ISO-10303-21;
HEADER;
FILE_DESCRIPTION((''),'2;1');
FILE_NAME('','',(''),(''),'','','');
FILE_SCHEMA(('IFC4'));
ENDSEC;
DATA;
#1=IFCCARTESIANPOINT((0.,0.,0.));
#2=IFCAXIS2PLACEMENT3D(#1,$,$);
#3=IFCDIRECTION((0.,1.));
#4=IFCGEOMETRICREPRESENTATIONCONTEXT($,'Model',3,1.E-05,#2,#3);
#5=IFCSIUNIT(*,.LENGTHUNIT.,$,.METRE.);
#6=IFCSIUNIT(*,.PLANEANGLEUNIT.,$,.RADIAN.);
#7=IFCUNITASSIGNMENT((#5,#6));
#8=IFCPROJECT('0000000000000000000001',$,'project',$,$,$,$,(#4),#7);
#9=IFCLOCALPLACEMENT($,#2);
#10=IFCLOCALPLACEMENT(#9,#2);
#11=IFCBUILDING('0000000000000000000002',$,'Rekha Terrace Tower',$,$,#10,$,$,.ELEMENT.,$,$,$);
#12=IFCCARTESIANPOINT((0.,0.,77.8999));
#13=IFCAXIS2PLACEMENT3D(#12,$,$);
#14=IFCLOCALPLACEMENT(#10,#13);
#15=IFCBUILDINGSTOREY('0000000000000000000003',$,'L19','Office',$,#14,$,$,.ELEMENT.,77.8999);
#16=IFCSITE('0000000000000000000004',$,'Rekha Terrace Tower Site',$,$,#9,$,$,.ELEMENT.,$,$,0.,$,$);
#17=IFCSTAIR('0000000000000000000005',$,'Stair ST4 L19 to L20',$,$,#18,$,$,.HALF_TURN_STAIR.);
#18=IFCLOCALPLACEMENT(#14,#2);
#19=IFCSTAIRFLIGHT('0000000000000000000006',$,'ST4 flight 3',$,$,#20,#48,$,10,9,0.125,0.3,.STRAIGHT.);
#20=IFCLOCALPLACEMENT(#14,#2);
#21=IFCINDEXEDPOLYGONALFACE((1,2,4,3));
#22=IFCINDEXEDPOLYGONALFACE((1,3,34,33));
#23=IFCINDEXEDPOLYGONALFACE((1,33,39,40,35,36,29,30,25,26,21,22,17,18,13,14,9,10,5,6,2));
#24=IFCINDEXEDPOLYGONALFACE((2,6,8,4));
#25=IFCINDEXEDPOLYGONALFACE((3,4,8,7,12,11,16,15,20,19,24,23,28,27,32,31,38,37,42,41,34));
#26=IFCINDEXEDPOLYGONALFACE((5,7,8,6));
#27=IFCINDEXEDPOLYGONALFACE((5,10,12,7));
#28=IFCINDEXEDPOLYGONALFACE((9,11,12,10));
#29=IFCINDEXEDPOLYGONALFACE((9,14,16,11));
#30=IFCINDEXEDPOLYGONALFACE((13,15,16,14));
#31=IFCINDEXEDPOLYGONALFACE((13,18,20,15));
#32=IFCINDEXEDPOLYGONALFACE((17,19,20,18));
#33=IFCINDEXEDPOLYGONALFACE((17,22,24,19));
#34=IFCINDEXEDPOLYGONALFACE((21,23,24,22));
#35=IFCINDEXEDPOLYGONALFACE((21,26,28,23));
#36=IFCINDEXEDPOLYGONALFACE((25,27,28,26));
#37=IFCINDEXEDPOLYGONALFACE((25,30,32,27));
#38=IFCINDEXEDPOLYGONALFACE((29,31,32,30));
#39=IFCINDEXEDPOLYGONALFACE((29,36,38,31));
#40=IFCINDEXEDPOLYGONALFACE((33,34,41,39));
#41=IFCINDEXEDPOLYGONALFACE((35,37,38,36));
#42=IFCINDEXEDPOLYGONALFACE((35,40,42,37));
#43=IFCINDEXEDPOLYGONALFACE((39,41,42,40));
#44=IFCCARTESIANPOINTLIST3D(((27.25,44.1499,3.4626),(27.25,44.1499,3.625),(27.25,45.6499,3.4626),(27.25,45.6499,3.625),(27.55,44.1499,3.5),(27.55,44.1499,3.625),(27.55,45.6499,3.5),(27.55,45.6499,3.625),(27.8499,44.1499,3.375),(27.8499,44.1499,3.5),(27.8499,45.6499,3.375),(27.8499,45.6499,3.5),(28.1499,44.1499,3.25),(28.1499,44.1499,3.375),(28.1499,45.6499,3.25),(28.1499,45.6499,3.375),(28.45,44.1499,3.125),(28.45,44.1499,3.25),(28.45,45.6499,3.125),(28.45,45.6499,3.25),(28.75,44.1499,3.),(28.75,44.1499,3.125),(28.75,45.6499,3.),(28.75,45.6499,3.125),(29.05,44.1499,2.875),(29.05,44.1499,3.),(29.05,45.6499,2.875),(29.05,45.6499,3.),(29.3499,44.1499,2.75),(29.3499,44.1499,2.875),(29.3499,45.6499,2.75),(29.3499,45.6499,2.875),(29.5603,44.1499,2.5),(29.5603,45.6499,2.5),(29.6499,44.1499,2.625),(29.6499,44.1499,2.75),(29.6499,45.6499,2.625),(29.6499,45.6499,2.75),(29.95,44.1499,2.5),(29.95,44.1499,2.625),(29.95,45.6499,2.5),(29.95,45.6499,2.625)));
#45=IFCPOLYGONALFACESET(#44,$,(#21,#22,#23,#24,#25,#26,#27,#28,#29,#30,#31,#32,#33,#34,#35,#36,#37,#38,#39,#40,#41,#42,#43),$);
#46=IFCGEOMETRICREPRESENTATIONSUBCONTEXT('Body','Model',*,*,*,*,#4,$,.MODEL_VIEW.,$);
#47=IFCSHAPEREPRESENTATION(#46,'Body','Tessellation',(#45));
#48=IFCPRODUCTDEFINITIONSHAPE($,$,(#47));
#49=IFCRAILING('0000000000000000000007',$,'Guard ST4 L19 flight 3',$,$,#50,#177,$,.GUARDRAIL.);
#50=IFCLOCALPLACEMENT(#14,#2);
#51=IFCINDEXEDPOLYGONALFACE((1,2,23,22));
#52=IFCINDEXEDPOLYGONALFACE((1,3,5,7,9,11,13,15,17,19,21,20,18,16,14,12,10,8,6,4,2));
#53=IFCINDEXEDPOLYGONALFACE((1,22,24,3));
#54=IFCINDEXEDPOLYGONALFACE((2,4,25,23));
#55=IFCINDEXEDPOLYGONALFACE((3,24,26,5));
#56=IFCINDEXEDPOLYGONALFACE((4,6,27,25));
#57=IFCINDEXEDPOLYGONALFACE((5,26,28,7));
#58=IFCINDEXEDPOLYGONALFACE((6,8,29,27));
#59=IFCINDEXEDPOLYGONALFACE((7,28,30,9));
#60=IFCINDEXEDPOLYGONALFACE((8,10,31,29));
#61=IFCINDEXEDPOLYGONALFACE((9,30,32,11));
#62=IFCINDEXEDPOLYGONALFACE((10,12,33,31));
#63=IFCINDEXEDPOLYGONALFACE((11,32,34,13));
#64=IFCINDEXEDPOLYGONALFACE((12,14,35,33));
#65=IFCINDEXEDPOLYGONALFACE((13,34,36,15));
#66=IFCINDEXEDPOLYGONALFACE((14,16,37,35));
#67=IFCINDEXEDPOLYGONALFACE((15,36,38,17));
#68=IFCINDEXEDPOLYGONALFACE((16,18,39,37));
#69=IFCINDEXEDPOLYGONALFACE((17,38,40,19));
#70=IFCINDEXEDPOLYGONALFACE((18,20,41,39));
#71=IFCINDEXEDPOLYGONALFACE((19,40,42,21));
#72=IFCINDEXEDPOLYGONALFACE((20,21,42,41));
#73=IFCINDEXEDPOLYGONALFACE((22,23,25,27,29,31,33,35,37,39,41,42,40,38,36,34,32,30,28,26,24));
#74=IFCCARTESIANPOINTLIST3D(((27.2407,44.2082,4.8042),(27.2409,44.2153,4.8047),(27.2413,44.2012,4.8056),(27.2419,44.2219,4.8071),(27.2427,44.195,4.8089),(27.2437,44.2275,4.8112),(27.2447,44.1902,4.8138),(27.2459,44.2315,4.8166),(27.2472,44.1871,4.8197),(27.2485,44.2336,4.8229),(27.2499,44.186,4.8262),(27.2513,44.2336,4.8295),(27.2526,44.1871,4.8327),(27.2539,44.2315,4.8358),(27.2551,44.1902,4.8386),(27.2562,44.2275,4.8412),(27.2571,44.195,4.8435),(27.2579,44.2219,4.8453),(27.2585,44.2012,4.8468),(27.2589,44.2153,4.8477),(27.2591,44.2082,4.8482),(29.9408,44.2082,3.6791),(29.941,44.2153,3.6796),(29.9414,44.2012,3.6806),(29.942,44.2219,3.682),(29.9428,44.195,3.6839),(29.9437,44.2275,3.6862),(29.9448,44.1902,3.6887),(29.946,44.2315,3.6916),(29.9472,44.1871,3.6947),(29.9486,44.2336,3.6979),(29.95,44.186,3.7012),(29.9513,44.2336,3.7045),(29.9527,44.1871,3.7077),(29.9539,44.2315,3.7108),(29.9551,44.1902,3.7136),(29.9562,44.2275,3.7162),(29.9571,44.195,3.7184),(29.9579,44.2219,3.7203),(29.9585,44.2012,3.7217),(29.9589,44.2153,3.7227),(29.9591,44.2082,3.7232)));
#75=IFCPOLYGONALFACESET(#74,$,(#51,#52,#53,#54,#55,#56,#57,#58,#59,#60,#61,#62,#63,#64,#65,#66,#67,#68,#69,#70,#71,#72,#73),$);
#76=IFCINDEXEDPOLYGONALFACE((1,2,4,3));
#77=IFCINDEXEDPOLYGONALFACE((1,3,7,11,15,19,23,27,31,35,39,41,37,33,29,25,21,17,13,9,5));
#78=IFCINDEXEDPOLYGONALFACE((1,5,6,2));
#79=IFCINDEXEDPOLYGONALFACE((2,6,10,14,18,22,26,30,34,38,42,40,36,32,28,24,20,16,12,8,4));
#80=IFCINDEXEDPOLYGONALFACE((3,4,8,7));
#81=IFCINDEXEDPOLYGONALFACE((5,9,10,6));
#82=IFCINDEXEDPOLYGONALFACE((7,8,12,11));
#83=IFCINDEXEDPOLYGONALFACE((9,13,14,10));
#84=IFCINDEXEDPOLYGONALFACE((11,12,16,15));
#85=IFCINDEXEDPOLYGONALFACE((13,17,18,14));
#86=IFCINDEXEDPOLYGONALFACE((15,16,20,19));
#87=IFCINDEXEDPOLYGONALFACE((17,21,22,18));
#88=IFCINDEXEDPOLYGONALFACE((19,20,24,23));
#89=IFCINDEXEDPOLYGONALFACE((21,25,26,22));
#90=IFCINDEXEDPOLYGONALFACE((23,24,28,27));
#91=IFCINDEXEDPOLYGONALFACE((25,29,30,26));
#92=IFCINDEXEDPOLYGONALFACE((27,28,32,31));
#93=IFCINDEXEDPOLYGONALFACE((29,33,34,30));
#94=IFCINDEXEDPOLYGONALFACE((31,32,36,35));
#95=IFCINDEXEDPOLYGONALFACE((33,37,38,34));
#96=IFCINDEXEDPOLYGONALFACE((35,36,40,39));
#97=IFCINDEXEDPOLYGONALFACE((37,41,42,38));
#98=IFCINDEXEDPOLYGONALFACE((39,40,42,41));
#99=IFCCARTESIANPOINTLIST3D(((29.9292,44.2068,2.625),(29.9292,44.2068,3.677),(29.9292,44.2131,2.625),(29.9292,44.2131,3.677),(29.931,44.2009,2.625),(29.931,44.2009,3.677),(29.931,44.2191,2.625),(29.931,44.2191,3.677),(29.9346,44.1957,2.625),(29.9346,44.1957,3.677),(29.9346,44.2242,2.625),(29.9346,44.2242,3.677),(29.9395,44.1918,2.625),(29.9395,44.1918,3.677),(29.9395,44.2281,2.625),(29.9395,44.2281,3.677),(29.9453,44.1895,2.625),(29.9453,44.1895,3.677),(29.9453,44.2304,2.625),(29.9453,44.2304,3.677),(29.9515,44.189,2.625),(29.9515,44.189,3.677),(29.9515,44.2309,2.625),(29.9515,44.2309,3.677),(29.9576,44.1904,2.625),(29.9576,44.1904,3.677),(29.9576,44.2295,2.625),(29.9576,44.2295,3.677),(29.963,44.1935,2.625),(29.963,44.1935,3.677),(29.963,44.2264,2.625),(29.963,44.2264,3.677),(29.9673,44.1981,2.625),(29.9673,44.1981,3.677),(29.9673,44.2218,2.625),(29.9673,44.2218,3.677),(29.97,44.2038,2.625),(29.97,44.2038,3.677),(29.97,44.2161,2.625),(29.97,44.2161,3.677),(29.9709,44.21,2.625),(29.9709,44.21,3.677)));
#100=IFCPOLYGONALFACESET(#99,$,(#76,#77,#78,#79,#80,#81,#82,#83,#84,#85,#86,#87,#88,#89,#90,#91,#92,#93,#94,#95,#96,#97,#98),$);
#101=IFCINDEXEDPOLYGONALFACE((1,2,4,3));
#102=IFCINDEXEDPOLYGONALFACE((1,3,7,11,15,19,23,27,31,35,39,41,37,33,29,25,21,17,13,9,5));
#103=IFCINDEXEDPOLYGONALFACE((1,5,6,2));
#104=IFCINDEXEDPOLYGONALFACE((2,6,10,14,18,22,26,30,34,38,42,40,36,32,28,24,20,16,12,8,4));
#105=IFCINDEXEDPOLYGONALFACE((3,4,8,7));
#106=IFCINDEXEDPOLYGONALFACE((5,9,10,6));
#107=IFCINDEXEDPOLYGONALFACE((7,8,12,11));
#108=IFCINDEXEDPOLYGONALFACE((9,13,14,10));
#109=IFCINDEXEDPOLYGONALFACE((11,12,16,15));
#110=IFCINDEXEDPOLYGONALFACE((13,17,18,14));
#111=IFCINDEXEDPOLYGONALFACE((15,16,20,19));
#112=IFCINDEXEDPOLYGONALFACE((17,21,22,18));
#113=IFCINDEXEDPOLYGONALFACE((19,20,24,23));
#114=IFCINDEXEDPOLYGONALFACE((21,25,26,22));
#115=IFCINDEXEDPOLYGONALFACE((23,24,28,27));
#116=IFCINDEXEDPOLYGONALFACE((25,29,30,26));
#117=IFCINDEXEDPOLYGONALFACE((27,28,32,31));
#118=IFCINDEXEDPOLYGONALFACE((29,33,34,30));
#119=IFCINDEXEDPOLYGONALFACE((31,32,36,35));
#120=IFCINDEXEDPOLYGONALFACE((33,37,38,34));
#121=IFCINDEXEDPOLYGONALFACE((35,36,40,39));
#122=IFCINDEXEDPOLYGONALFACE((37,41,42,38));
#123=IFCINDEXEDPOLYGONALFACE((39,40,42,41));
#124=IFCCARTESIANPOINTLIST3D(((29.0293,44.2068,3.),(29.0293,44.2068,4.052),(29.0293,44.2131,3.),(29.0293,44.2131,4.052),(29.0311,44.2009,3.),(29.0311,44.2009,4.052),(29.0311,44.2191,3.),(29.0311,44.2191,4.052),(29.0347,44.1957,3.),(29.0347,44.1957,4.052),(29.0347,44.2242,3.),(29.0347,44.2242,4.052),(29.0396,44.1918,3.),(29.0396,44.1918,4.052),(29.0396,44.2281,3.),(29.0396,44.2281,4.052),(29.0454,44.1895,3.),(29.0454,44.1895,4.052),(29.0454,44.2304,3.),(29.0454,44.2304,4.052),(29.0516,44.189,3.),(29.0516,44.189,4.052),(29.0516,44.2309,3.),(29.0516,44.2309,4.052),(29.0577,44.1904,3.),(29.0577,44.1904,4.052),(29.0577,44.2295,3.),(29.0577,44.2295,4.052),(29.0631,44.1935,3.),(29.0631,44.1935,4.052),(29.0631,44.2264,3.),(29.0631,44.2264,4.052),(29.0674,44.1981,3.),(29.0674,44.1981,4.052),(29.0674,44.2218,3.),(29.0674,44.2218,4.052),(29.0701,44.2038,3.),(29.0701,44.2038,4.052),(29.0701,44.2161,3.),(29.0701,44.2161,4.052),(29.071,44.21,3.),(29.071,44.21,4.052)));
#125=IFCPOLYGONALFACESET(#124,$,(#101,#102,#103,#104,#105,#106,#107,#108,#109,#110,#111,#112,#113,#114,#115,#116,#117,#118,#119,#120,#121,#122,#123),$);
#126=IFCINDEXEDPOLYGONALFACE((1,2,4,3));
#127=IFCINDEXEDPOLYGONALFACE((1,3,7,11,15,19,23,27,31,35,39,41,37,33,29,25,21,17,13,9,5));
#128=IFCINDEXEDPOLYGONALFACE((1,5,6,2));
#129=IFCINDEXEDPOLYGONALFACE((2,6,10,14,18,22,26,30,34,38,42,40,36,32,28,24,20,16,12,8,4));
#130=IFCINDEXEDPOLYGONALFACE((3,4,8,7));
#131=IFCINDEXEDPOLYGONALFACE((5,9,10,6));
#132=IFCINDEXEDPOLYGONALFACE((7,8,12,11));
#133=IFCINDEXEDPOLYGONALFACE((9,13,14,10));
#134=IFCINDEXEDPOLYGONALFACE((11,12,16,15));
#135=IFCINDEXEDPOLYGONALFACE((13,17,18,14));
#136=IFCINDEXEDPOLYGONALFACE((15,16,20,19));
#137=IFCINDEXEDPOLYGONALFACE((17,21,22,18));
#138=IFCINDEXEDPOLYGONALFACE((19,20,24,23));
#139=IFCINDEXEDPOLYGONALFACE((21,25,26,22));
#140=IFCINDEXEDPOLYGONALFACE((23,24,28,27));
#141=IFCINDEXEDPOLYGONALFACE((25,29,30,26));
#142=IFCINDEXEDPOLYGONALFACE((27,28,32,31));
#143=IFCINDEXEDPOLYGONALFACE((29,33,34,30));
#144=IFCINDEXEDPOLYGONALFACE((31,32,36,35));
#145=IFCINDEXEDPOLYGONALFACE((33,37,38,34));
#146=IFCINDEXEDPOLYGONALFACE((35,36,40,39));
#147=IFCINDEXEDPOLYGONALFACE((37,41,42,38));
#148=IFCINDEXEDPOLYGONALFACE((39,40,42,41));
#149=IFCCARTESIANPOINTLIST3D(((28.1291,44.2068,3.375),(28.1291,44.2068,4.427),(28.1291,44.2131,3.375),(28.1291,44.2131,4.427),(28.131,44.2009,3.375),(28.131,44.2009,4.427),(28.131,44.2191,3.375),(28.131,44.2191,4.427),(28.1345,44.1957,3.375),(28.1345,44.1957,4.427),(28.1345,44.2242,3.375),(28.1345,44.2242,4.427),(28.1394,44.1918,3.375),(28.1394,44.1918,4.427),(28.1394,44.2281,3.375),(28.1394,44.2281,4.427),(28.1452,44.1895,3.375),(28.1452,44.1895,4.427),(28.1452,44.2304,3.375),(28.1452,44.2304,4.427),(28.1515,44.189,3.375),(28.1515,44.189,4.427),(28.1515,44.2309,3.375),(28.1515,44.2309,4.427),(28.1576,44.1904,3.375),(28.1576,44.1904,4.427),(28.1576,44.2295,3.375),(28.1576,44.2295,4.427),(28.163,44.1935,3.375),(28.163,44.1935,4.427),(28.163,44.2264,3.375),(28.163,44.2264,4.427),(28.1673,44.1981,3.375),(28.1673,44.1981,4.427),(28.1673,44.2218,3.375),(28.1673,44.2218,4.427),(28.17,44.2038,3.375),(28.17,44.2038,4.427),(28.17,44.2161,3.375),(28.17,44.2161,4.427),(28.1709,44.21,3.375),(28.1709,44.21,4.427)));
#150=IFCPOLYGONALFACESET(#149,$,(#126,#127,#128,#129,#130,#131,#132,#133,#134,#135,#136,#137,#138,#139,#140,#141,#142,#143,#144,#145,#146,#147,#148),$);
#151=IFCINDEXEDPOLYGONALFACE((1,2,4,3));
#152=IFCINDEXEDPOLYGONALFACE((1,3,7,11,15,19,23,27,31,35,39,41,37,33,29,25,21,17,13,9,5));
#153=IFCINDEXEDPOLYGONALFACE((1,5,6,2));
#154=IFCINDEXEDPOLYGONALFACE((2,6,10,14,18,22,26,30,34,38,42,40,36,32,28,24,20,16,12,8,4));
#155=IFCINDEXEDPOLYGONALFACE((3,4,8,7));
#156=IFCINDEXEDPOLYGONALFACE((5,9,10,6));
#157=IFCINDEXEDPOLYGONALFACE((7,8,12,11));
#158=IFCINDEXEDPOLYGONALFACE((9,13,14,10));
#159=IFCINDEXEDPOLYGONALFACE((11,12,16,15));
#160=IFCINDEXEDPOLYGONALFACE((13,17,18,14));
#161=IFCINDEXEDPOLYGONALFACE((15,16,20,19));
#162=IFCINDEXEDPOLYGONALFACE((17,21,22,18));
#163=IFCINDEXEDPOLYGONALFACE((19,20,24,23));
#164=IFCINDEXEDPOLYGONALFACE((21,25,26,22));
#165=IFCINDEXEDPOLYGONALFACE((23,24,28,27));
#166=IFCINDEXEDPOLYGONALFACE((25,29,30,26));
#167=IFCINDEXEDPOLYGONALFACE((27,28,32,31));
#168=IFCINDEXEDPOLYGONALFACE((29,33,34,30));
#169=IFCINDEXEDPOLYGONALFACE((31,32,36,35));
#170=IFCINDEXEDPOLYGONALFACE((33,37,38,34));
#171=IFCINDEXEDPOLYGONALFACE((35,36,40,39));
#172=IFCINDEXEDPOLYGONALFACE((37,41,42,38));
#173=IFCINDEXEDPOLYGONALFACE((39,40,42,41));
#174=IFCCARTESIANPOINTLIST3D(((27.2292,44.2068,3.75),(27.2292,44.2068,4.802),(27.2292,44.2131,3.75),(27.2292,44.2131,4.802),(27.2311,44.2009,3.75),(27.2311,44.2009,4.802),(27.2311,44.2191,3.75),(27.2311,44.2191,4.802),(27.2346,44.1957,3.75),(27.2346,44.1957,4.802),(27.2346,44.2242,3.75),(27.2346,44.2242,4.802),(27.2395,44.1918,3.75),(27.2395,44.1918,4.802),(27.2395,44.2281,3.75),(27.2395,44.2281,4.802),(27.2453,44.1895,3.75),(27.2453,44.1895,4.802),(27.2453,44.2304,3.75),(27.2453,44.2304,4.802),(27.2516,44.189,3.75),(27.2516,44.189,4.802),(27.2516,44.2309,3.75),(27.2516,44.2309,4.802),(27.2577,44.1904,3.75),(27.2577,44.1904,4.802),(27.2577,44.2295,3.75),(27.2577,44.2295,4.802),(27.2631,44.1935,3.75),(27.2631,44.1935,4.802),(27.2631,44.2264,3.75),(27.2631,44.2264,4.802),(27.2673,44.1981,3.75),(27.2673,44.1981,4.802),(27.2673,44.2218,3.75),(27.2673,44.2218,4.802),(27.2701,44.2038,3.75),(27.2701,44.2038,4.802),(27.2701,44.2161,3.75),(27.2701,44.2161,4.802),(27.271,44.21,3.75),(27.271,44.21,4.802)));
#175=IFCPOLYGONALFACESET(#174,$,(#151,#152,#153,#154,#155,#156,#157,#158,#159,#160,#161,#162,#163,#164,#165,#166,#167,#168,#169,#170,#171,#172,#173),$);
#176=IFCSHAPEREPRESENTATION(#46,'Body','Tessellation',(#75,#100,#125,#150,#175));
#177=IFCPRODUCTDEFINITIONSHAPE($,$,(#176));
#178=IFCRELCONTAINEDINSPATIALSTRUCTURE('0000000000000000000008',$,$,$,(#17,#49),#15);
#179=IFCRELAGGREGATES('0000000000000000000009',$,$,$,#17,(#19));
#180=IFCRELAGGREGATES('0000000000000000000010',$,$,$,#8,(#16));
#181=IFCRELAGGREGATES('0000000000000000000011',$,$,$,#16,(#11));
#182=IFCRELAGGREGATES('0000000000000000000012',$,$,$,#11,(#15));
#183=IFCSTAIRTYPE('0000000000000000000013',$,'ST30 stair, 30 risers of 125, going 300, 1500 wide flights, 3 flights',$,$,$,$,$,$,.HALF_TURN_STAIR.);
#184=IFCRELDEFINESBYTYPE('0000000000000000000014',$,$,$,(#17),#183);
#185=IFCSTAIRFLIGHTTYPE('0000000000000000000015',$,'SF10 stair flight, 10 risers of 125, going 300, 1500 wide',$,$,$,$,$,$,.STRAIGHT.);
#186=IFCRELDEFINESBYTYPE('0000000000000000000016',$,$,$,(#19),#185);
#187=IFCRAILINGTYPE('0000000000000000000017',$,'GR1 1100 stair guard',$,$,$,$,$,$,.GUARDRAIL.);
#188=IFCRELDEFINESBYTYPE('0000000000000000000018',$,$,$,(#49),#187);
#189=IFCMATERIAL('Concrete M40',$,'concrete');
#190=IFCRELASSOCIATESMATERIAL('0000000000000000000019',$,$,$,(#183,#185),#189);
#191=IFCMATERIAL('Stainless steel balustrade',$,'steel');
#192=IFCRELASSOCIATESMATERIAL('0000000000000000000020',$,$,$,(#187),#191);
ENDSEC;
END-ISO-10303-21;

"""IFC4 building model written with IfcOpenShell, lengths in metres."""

from ifc_helpers import new_model, si_unit, direction, frame, origin, origin_2d, place, context, subcontext, project, spatial, polyline, circle, outline, extrude, material, type_object, element, aggregate, save


model = new_model("IFC4")

# Units and contexts
model_context = context("Model", 3, precision=1e-05, world=origin(), true_north=direction((0.0, 1.0)))
body_context = subcontext(model_context, "Body", "Model", "MODEL_VIEW")
ifc_project = project(units=[si_unit("LENGTHUNIT", "METRE"), si_unit("PLANEANGLEUNIT", "RADIAN")], contexts=[model_context])

# Site, building, storey
site_placement = place(None, origin())
site = spatial("IfcSite", under=ifc_project, at=site_placement, Name="Rekha Terrace Tower Site", CompositionType="ELEMENT", RefElevation=0.0)
building_placement = place(site_placement, origin())
building = spatial("IfcBuilding", under=site, at=building_placement, Name="Rekha Terrace Tower", CompositionType="ELEMENT")
storey_placement = place(building_placement, frame((0.0, 0.0, 77.8999)))
storey = spatial("IfcBuildingStorey", under=building, at=storey_placement, Name="L19", Description="Office", CompositionType="ELEMENT", Elevation=77.8999)

# Stair, stair flight
ifc_material_1 = material(Name="Concrete M40", Category="concrete")
stair_type = type_object("IfcStairType", Name="ST30 stair, 30 risers of 125, going 300, 1500 wide flights, 3 flights", PredefinedType="HALF_TURN_STAIR", material=ifc_material_1)
stair_placement = place(storey_placement, origin())
stair = element("IfcStair", 1, at=stair_placement, inside=storey, type_object=stair_type, Name="Stair ST4 L19 to L20", PredefinedType="HALF_TURN_STAIR")
stair_flight_type = type_object("IfcStairFlightType", Name="SF10 stair flight, 10 risers of 125, going 300, 1500 wide", PredefinedType="STRAIGHT", material=ifc_material_1)
stair_flight_placement = place(storey_placement, frame((29.95, 44.8999, 2.5), z_axis=(0.0, 0.0, 1.0), x_axis=(-1.0, 0.0, 0.0)))
stair_flight = element("IfcStairFlight", 2, at=stair_flight_placement, type_object=stair_flight_type, Name="ST4 flight 3", NumberOfRisers=10, NumberOfTreads=9, PredefinedType="STRAIGHT", RiserHeight=0.125, TreadLength=0.3, context=body_context, shape_type="SweptSolid", body=[
    extrude(outline(polyline([(0.0, 0.0), (0.0, 0.125), (0.3, 0.125), (0.3, 0.25), (0.6001, 0.25), (0.6001, 0.375), (0.8999, 0.375), (0.8999, 0.5), (1.2, 0.5), (1.2, 0.625), (1.5, 0.625), (1.5, 0.75), (1.8, 0.75), (1.8, 0.875), (2.1001, 0.875), (2.1001, 1.0), (2.3999, 1.0), (2.3999, 1.125), (2.7, 1.125), (2.7, 1.25), (2.7, 0.9626), (0.3896, 0.0), (0.0, 0.0)])), frame((0.0, 0.75, 0.0), z_axis=(0.0, -1.0, 0.0), x_axis=(1.0, 0.0, 0.0)), (0.0, 0.0, 1.0), 1.5),
])
aggregate(stair, [stair_flight])

# Railing
ifc_material_2 = material(Name="Stainless steel balustrade", Category="steel")
railing_type_1 = type_object("IfcRailingType", Name="GR1 1100 stair guard", PredefinedType="GUARDRAIL", material=ifc_material_2)
railing_1_placement = place(storey_placement, frame((29.95, 44.21, 2.625)))
element("IfcRailing", 3, at=railing_1_placement, inside=storey, type_object=railing_type_1, Name="Guard ST4 L19 flight 3", PredefinedType="GUARDRAIL", context=body_context, shape_type="SweptSolid", body=[
    extrude(circle(Radius=0.0239, at=origin_2d()), frame((0.0, 0.0, 1.0762), z_axis=(-0.923074, 0.0, 0.384621), x_axis=(0.0, -1.0, 0.0)), (0.0, 0.0, 1.0), 2.925),
    extrude(circle(Radius=0.021, at=origin_2d()), origin(), (0.0, 0.0, 1.0), 1.052),
    extrude(circle(Radius=0.021, at=origin_2d()), frame((-0.8999, 0.0, 0.375)), (0.0, 0.0, 1.0), 1.052),
    extrude(circle(Radius=0.021, at=origin_2d()), frame((-1.8, 0.0, 0.75)), (0.0, 0.0, 1.0), 1.052),
    extrude(circle(Radius=0.021, at=origin_2d()), frame((-2.7, 0.0, 1.125)), (0.0, 0.0, 1.0), 1.052),
])

save(model, "model.ifc")
